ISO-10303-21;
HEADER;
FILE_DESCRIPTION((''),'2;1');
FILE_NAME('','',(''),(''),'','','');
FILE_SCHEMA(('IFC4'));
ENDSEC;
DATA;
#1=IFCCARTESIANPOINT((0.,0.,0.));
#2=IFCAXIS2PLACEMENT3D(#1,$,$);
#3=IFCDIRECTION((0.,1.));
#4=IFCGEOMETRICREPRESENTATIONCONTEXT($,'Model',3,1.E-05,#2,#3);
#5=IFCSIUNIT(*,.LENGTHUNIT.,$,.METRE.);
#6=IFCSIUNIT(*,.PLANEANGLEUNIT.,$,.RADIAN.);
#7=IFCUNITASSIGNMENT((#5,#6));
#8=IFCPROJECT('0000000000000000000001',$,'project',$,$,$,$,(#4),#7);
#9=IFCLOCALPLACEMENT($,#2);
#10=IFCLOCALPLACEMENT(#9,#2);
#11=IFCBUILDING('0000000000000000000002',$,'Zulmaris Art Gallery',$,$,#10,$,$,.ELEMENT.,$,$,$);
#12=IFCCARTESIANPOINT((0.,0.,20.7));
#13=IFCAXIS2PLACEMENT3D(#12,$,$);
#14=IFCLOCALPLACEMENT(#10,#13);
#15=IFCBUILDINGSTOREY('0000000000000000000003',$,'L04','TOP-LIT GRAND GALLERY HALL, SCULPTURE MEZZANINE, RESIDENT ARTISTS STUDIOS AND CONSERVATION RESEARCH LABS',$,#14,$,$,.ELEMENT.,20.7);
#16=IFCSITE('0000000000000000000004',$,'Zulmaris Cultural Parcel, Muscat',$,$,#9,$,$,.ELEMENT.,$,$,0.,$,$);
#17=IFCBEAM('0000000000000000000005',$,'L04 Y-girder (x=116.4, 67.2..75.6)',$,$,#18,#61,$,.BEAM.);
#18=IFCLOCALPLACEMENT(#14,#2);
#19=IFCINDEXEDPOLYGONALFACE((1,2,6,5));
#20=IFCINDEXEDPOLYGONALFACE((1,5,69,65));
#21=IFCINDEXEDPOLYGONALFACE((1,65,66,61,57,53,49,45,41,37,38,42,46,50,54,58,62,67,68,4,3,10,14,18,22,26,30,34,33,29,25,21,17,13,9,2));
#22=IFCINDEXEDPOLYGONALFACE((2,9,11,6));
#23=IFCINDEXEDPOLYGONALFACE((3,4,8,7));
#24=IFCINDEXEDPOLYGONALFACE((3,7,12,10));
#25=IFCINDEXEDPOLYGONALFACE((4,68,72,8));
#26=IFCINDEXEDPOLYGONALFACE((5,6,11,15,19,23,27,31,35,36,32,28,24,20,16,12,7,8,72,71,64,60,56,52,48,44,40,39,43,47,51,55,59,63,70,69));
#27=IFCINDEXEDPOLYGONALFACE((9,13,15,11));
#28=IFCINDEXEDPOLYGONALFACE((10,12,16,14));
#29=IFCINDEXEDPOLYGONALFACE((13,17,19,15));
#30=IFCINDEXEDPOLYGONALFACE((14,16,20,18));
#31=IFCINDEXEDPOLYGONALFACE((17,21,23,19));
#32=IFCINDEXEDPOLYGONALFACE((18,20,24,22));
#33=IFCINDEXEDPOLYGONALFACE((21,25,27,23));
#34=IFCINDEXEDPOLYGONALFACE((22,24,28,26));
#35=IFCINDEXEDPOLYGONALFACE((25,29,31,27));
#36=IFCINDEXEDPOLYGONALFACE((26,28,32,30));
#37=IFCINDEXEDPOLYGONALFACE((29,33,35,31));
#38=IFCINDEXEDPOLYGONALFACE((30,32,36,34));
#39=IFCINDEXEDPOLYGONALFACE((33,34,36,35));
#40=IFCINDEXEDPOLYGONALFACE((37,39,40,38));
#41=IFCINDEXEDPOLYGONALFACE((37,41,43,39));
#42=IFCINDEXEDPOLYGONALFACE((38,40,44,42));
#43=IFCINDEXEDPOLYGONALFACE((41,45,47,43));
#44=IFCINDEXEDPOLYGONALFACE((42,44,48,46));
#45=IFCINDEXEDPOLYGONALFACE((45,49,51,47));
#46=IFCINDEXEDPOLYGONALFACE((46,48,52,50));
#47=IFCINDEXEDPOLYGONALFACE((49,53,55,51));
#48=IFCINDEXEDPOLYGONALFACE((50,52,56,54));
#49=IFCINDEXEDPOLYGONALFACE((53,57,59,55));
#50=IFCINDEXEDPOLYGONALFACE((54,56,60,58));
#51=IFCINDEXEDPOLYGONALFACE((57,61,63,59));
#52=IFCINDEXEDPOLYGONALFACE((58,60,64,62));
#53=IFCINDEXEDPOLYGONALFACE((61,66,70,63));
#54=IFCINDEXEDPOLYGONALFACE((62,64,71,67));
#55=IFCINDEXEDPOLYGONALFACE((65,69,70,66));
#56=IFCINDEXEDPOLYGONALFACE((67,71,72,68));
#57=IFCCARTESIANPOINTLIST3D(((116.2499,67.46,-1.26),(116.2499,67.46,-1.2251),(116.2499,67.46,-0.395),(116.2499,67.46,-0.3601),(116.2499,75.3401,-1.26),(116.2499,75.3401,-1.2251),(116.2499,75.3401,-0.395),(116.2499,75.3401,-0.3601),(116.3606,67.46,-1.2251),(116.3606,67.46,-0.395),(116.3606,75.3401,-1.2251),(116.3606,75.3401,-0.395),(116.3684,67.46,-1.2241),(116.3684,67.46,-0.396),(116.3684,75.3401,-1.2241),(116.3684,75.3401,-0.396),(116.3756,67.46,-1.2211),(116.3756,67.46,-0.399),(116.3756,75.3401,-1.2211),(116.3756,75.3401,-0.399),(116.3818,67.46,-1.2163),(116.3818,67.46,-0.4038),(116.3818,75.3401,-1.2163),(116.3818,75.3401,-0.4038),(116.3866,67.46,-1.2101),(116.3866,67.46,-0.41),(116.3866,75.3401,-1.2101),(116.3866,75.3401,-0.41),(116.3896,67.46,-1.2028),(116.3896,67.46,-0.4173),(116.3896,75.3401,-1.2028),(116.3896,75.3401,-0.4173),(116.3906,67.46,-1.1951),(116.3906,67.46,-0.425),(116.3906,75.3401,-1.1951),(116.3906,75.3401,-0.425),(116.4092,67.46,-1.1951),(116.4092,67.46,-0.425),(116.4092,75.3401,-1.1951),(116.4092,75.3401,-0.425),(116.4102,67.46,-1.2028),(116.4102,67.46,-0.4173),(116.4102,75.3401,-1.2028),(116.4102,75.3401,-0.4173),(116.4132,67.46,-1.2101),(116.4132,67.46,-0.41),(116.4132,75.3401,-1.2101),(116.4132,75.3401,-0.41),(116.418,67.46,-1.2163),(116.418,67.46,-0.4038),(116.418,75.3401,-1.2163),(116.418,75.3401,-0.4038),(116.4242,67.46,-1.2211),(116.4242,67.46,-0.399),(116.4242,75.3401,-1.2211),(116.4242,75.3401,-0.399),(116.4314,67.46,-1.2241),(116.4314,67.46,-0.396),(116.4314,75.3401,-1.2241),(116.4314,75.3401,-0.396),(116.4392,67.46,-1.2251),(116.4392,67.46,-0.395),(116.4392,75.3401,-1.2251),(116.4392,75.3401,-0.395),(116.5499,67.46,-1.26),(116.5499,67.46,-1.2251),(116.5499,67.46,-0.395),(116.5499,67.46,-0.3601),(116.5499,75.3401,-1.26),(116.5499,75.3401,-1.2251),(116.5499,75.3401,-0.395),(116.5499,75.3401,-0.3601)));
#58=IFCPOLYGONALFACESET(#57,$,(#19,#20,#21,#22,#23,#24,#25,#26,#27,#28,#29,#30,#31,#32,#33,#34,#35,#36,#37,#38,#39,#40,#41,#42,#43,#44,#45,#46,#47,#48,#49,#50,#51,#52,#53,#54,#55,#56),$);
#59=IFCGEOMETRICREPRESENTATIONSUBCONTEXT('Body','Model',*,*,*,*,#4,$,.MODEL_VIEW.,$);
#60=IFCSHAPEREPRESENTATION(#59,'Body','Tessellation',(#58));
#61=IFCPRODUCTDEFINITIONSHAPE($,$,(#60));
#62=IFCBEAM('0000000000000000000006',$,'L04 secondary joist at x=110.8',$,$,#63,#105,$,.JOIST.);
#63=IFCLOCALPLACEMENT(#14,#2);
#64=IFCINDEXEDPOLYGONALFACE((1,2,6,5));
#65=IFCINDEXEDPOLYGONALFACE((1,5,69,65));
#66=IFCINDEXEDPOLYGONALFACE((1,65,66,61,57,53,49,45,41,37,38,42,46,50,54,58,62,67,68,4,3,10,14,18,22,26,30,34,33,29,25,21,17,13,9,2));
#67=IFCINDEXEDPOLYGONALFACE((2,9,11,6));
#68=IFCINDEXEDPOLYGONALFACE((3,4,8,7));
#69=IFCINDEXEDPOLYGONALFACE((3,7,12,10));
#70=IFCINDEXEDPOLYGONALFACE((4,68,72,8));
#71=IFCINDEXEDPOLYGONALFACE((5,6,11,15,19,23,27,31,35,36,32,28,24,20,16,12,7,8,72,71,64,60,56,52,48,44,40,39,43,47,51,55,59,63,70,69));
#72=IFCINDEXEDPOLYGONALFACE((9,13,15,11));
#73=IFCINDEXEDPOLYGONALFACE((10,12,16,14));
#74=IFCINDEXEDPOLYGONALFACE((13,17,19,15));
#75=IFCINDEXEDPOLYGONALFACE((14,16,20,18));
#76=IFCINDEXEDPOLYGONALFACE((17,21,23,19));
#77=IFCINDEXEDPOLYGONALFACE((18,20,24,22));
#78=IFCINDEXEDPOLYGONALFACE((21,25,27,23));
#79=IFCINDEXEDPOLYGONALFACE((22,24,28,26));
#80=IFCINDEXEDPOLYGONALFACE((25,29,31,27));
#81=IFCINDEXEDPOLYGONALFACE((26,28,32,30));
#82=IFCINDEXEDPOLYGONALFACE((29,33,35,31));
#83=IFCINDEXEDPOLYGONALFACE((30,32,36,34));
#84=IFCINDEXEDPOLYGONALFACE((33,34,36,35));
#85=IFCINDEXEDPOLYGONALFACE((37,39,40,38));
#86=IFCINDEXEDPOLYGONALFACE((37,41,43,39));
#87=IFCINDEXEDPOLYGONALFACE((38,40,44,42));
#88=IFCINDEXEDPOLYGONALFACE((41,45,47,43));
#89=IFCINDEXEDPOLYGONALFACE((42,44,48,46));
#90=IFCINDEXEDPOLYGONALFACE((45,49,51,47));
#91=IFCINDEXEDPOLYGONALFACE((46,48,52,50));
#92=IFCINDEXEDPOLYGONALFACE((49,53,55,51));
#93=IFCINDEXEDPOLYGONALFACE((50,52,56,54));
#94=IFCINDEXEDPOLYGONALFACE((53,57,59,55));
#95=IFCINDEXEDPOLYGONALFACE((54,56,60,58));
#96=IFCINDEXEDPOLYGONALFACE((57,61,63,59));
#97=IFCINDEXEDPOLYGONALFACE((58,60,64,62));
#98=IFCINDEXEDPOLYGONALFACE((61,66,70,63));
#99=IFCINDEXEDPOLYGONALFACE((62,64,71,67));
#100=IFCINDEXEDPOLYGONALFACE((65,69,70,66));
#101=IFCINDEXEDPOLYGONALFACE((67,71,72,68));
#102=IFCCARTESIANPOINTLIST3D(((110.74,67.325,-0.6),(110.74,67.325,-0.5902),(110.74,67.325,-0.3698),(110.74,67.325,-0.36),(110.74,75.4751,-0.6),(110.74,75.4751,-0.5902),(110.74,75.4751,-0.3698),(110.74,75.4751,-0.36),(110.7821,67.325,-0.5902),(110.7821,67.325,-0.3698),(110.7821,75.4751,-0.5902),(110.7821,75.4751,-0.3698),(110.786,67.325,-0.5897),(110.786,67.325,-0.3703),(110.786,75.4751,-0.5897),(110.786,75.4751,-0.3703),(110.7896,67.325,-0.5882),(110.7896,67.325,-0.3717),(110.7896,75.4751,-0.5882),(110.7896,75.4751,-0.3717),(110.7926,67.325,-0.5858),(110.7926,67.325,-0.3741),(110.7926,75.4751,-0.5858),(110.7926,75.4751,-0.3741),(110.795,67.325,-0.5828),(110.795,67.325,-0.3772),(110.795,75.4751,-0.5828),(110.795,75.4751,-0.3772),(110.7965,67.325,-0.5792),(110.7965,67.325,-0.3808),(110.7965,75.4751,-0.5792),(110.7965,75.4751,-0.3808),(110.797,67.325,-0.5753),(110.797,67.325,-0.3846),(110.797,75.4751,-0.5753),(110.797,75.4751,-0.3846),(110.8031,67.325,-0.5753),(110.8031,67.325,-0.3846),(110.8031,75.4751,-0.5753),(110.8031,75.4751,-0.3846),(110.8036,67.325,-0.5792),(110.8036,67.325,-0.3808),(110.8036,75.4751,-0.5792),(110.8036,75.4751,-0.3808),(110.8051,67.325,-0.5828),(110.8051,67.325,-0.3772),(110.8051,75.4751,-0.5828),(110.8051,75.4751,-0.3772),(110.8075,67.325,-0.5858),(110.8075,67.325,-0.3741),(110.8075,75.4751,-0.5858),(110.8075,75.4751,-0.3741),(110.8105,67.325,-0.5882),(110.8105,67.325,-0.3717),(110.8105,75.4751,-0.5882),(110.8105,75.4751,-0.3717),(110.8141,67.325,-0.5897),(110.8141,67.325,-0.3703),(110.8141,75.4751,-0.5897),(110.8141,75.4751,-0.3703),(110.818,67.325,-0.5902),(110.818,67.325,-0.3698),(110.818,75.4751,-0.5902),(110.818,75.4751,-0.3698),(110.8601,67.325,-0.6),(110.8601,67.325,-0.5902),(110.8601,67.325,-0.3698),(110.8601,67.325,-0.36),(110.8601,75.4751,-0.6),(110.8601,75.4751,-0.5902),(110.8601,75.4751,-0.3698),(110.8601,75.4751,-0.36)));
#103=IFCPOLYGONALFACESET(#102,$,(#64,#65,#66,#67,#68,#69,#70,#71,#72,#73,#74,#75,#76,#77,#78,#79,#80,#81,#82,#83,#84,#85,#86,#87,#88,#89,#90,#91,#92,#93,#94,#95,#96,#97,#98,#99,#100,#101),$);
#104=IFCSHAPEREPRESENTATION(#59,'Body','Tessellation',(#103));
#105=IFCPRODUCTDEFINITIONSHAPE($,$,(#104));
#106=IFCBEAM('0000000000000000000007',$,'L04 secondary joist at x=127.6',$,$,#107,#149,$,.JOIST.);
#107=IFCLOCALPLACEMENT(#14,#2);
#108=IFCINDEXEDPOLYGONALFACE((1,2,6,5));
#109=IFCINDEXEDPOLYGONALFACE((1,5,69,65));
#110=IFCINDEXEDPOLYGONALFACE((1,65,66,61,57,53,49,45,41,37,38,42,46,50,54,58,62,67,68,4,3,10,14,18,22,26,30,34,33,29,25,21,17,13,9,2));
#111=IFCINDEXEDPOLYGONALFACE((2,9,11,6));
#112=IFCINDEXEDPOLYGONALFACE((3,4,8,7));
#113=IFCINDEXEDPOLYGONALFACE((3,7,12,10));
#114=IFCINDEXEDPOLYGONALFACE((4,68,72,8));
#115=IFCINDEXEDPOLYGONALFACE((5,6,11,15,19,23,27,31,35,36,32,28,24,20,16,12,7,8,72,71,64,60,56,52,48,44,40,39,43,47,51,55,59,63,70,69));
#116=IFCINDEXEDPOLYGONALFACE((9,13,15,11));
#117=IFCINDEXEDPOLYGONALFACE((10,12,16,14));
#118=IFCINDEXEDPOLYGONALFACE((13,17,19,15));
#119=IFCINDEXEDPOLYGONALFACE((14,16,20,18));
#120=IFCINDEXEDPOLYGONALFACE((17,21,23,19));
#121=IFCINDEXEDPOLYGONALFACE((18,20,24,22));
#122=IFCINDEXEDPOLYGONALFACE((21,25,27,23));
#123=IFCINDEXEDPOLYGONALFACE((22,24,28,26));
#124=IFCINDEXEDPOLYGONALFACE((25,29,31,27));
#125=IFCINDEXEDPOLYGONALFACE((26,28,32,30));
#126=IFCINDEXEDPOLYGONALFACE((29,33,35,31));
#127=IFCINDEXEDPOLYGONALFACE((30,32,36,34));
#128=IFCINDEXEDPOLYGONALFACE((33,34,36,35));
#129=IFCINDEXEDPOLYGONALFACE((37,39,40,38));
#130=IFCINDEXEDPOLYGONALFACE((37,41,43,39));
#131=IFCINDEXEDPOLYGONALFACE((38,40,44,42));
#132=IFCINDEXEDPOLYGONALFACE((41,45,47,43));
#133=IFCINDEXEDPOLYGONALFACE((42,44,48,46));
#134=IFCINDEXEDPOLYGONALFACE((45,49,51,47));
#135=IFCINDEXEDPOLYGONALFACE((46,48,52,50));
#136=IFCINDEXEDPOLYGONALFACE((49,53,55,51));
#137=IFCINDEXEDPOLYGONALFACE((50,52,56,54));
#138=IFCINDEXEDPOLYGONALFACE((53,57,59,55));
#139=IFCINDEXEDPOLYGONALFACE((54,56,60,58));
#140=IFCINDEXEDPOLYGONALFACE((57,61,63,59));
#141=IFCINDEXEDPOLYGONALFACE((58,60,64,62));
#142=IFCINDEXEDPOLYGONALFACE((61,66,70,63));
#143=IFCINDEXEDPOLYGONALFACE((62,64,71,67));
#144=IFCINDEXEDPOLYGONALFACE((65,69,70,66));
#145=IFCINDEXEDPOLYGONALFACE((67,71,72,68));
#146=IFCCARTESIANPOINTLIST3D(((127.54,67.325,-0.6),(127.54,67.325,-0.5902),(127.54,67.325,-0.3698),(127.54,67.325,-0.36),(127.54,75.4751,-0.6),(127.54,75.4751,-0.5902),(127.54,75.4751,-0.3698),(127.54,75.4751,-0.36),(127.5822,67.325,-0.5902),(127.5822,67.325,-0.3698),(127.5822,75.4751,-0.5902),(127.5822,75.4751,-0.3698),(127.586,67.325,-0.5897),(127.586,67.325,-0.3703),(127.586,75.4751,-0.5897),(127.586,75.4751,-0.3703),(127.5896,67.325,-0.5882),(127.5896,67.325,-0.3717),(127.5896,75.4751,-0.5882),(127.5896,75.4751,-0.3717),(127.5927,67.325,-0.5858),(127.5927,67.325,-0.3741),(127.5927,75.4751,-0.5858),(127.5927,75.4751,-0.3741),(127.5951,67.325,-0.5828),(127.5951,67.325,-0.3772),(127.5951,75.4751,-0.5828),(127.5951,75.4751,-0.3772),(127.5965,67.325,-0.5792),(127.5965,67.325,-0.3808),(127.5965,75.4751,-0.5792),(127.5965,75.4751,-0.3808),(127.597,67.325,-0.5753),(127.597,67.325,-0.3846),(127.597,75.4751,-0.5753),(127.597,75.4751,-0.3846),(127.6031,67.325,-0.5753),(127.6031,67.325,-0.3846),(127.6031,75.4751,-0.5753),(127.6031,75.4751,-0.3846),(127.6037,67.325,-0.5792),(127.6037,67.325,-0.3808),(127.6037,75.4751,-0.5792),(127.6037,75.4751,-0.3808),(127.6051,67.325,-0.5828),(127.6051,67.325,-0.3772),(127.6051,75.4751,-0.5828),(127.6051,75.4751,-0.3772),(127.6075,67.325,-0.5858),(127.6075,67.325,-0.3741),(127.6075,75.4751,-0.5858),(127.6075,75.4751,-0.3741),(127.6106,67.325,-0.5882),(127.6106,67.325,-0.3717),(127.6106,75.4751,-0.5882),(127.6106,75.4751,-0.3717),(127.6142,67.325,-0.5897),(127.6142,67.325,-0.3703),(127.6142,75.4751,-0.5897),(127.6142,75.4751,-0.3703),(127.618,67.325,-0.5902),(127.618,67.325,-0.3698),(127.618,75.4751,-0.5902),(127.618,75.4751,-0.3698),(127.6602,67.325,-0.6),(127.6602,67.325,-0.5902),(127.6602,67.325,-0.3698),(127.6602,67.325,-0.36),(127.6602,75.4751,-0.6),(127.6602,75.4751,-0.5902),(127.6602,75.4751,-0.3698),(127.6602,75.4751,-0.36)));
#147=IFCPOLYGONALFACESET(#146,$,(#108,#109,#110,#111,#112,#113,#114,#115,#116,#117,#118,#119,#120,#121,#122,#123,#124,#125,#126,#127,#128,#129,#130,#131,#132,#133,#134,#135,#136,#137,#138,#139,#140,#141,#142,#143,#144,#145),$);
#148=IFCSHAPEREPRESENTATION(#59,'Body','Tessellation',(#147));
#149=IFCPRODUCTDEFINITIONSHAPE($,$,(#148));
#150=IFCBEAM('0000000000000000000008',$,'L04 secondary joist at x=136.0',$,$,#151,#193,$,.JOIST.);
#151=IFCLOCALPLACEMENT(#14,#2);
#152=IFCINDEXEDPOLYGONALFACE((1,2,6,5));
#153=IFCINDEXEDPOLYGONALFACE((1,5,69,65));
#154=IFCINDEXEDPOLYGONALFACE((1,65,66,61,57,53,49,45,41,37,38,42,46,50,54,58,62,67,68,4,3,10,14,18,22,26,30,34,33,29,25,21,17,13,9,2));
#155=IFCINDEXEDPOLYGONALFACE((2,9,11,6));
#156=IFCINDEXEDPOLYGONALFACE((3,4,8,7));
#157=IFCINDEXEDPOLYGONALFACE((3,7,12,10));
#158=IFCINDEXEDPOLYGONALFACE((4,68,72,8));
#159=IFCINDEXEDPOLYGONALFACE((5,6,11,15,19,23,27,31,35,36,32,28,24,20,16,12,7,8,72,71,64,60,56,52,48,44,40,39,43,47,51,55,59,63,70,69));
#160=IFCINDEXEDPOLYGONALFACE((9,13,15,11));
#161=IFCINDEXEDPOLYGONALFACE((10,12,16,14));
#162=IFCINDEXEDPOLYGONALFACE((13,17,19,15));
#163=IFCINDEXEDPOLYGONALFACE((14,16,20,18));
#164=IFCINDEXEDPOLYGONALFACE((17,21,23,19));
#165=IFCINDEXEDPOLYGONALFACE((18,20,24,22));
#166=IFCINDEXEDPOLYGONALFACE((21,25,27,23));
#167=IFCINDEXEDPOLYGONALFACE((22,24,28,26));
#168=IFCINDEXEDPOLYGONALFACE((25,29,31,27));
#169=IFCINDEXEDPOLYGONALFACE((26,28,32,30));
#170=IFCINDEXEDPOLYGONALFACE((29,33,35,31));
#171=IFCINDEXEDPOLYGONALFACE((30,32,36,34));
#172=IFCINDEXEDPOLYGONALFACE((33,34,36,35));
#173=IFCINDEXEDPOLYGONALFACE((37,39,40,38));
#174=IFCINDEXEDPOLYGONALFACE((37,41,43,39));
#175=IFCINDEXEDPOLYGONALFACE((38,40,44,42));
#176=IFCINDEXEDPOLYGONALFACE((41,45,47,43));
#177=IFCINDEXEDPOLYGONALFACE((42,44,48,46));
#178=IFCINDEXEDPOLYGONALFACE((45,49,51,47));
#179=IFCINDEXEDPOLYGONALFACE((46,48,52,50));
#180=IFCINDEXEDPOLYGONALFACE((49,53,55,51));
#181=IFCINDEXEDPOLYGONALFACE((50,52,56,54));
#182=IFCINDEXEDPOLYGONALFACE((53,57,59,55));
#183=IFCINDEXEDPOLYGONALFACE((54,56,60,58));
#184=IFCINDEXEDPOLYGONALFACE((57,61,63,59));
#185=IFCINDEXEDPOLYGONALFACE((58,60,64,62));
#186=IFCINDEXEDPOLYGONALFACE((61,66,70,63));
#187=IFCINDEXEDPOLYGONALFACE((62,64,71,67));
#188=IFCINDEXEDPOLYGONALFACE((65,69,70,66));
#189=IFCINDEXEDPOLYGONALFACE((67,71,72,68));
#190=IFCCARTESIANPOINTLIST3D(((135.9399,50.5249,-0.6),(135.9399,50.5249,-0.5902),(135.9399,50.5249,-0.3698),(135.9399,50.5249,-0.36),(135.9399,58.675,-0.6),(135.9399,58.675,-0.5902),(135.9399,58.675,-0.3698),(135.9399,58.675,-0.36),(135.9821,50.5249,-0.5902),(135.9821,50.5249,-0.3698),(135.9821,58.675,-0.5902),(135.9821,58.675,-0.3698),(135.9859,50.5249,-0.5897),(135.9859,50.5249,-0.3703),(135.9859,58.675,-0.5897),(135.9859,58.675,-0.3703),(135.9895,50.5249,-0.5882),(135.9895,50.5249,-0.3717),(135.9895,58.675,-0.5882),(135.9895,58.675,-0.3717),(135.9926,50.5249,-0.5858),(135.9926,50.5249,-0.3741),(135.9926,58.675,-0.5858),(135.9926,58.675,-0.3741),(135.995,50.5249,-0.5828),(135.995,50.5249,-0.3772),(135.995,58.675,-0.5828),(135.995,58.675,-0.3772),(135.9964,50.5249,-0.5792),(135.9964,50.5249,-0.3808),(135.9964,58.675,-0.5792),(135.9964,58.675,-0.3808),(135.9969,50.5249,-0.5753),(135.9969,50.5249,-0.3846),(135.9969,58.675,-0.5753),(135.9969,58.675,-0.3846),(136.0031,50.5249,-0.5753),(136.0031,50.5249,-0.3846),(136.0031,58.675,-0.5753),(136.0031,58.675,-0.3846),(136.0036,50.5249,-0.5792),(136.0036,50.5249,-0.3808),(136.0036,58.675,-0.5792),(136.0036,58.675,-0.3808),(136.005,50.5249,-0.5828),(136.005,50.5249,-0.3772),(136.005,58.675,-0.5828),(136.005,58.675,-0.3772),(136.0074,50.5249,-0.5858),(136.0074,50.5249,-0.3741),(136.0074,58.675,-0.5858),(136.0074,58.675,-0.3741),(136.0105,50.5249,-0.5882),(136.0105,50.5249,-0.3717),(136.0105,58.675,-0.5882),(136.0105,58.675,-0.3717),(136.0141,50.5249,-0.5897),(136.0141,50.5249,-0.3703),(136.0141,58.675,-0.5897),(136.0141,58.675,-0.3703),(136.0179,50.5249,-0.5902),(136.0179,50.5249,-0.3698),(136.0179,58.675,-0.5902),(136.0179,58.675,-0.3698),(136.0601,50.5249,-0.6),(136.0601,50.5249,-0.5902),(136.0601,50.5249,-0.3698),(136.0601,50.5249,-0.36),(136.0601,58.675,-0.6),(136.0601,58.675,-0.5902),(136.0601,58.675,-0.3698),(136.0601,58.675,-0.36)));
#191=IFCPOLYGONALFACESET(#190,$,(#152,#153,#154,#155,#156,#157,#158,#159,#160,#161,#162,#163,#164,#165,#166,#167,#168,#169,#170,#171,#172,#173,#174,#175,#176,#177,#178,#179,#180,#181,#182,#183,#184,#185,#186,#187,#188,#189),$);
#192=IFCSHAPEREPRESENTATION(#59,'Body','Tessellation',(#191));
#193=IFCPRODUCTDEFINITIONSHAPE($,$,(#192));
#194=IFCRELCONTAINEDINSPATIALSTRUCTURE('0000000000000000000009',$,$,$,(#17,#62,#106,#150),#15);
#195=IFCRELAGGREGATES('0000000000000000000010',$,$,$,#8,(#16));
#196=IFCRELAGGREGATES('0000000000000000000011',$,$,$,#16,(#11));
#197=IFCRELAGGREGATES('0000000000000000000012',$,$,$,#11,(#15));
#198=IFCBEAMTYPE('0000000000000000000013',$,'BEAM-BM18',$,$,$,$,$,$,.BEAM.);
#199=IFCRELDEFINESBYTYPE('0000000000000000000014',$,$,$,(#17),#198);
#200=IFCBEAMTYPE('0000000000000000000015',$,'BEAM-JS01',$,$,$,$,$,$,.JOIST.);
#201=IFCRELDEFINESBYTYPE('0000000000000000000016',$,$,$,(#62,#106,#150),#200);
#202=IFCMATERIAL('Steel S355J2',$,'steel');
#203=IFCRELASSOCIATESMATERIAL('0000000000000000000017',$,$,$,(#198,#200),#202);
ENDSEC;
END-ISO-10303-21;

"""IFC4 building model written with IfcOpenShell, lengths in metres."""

from ifc_helpers import new_model, si_unit, direction, frame, origin, origin_2d, place, context, subcontext, project, spatial, i_section, extrude, material, material_profile, profile_set, type_object, element, save


model = new_model("IFC4")

# Units and contexts
model_context = context("Model", 3, precision=1e-05, world=origin(), true_north=direction((0.0, 1.0)))
body_context = subcontext(model_context, "Body", "Model", "MODEL_VIEW")
ifc_project = project(units=[si_unit("LENGTHUNIT", "METRE"), si_unit("PLANEANGLEUNIT", "RADIAN")], contexts=[model_context])

# Site, building, storey
site_placement = place(None, origin())
site = spatial("IfcSite", under=ifc_project, at=site_placement, Name="Zulmaris Cultural Parcel, Muscat", CompositionType="ELEMENT", RefElevation=0.0)
building_placement = place(site_placement, origin())
building = spatial("IfcBuilding", under=site, at=building_placement, Name="Zulmaris Art Gallery", CompositionType="ELEMENT")
storey_placement = place(building_placement, frame((0.0, 0.0, 20.7)))
storey = spatial("IfcBuildingStorey", under=building, at=storey_placement, Name="L04", Description="TOP-LIT GRAND GALLERY HALL, SCULPTURE MEZZANINE, RESIDENT ARTISTS STUDIOS AND CONSERVATION RESEARCH LABS", CompositionType="ELEMENT", Elevation=20.7)

# Beams
ifc_material_1 = material(Name="Steel S355J2", Category="steel")
ifc_material_profile_1 = material_profile(ifc_material_1, i_section(OverallWidth=0.3, OverallDepth=0.8999, WebThickness=0.0186, FlangeThickness=0.0349, FilletRadius=0.03, at=origin_2d()), Name="HEB 900")
ifc_profile_set_1 = profile_set([ifc_material_profile_1], Name="Steel S355J2")
beam_type_1 = type_object("IfcBeamType", Name="BEAM-BM18", PredefinedType="BEAM", material=ifc_profile_set_1)
beam_1_placement = place(storey_placement, frame((116.3999, 67.46, -0.8101), z_axis=(0.0, 1.0, 0.0), x_axis=(-1.0, 0.0, 0.0)))
element("IfcBeam", 1, at=beam_1_placement, inside=storey, type_object=beam_type_1, Name="L04 Y-girder (x=116.4, 67.2..75.6)", PredefinedType="BEAM", context=body_context, shape_type="SweptSolid", body=[
    extrude(i_section(OverallWidth=0.3, OverallDepth=0.8999, WebThickness=0.0186, FlangeThickness=0.0349, FilletRadius=0.03, at=origin_2d()), origin(), (0.0, 0.0, 1.0), 7.8801),
])
ifc_material_profile_2 = material_profile(ifc_material_1, i_section(OverallWidth=0.1201, OverallDepth=0.24, WebThickness=0.0061, FlangeThickness=0.0098, FilletRadius=0.0149, at=origin_2d()), Name="IPE 240")
ifc_profile_set_2 = profile_set([ifc_material_profile_2], Name="Steel S355J2")
beam_type_2 = type_object("IfcBeamType", Name="BEAM-JS01", PredefinedType="JOIST", material=ifc_profile_set_2)
for number, where, z_axis, x_axis, name in (
    (2, (110.8, 67.325, -0.48), (0.0, 1.0, 0.0), (-1.0, 0.0, 0.0), "L04 secondary joist at x=110.8"),
    (3, (127.6001, 67.325, -0.48), (0.0, 1.0, 0.0), (-1.0, 0.0, 0.0), "L04 secondary joist at x=127.6"),
    (4, (136.0, 50.5249, -0.48), (0.0, 1.0, 0.0), (-1.0, 0.0, 0.0), "L04 secondary joist at x=136.0"),
):
    element("IfcBeam", number, at=place(storey_placement, frame(where, z_axis=z_axis, x_axis=x_axis)), inside=storey, type_object=beam_type_2, Name=name, PredefinedType="JOIST", context=body_context, shape_type="SweptSolid", body=[
        extrude(i_section(OverallWidth=0.1201, OverallDepth=0.24, WebThickness=0.0061, FlangeThickness=0.0098, FilletRadius=0.0149, at=origin_2d()), origin(), (0.0, 0.0, 1.0), 8.1501),
    ])

save(model, "model.ifc")
